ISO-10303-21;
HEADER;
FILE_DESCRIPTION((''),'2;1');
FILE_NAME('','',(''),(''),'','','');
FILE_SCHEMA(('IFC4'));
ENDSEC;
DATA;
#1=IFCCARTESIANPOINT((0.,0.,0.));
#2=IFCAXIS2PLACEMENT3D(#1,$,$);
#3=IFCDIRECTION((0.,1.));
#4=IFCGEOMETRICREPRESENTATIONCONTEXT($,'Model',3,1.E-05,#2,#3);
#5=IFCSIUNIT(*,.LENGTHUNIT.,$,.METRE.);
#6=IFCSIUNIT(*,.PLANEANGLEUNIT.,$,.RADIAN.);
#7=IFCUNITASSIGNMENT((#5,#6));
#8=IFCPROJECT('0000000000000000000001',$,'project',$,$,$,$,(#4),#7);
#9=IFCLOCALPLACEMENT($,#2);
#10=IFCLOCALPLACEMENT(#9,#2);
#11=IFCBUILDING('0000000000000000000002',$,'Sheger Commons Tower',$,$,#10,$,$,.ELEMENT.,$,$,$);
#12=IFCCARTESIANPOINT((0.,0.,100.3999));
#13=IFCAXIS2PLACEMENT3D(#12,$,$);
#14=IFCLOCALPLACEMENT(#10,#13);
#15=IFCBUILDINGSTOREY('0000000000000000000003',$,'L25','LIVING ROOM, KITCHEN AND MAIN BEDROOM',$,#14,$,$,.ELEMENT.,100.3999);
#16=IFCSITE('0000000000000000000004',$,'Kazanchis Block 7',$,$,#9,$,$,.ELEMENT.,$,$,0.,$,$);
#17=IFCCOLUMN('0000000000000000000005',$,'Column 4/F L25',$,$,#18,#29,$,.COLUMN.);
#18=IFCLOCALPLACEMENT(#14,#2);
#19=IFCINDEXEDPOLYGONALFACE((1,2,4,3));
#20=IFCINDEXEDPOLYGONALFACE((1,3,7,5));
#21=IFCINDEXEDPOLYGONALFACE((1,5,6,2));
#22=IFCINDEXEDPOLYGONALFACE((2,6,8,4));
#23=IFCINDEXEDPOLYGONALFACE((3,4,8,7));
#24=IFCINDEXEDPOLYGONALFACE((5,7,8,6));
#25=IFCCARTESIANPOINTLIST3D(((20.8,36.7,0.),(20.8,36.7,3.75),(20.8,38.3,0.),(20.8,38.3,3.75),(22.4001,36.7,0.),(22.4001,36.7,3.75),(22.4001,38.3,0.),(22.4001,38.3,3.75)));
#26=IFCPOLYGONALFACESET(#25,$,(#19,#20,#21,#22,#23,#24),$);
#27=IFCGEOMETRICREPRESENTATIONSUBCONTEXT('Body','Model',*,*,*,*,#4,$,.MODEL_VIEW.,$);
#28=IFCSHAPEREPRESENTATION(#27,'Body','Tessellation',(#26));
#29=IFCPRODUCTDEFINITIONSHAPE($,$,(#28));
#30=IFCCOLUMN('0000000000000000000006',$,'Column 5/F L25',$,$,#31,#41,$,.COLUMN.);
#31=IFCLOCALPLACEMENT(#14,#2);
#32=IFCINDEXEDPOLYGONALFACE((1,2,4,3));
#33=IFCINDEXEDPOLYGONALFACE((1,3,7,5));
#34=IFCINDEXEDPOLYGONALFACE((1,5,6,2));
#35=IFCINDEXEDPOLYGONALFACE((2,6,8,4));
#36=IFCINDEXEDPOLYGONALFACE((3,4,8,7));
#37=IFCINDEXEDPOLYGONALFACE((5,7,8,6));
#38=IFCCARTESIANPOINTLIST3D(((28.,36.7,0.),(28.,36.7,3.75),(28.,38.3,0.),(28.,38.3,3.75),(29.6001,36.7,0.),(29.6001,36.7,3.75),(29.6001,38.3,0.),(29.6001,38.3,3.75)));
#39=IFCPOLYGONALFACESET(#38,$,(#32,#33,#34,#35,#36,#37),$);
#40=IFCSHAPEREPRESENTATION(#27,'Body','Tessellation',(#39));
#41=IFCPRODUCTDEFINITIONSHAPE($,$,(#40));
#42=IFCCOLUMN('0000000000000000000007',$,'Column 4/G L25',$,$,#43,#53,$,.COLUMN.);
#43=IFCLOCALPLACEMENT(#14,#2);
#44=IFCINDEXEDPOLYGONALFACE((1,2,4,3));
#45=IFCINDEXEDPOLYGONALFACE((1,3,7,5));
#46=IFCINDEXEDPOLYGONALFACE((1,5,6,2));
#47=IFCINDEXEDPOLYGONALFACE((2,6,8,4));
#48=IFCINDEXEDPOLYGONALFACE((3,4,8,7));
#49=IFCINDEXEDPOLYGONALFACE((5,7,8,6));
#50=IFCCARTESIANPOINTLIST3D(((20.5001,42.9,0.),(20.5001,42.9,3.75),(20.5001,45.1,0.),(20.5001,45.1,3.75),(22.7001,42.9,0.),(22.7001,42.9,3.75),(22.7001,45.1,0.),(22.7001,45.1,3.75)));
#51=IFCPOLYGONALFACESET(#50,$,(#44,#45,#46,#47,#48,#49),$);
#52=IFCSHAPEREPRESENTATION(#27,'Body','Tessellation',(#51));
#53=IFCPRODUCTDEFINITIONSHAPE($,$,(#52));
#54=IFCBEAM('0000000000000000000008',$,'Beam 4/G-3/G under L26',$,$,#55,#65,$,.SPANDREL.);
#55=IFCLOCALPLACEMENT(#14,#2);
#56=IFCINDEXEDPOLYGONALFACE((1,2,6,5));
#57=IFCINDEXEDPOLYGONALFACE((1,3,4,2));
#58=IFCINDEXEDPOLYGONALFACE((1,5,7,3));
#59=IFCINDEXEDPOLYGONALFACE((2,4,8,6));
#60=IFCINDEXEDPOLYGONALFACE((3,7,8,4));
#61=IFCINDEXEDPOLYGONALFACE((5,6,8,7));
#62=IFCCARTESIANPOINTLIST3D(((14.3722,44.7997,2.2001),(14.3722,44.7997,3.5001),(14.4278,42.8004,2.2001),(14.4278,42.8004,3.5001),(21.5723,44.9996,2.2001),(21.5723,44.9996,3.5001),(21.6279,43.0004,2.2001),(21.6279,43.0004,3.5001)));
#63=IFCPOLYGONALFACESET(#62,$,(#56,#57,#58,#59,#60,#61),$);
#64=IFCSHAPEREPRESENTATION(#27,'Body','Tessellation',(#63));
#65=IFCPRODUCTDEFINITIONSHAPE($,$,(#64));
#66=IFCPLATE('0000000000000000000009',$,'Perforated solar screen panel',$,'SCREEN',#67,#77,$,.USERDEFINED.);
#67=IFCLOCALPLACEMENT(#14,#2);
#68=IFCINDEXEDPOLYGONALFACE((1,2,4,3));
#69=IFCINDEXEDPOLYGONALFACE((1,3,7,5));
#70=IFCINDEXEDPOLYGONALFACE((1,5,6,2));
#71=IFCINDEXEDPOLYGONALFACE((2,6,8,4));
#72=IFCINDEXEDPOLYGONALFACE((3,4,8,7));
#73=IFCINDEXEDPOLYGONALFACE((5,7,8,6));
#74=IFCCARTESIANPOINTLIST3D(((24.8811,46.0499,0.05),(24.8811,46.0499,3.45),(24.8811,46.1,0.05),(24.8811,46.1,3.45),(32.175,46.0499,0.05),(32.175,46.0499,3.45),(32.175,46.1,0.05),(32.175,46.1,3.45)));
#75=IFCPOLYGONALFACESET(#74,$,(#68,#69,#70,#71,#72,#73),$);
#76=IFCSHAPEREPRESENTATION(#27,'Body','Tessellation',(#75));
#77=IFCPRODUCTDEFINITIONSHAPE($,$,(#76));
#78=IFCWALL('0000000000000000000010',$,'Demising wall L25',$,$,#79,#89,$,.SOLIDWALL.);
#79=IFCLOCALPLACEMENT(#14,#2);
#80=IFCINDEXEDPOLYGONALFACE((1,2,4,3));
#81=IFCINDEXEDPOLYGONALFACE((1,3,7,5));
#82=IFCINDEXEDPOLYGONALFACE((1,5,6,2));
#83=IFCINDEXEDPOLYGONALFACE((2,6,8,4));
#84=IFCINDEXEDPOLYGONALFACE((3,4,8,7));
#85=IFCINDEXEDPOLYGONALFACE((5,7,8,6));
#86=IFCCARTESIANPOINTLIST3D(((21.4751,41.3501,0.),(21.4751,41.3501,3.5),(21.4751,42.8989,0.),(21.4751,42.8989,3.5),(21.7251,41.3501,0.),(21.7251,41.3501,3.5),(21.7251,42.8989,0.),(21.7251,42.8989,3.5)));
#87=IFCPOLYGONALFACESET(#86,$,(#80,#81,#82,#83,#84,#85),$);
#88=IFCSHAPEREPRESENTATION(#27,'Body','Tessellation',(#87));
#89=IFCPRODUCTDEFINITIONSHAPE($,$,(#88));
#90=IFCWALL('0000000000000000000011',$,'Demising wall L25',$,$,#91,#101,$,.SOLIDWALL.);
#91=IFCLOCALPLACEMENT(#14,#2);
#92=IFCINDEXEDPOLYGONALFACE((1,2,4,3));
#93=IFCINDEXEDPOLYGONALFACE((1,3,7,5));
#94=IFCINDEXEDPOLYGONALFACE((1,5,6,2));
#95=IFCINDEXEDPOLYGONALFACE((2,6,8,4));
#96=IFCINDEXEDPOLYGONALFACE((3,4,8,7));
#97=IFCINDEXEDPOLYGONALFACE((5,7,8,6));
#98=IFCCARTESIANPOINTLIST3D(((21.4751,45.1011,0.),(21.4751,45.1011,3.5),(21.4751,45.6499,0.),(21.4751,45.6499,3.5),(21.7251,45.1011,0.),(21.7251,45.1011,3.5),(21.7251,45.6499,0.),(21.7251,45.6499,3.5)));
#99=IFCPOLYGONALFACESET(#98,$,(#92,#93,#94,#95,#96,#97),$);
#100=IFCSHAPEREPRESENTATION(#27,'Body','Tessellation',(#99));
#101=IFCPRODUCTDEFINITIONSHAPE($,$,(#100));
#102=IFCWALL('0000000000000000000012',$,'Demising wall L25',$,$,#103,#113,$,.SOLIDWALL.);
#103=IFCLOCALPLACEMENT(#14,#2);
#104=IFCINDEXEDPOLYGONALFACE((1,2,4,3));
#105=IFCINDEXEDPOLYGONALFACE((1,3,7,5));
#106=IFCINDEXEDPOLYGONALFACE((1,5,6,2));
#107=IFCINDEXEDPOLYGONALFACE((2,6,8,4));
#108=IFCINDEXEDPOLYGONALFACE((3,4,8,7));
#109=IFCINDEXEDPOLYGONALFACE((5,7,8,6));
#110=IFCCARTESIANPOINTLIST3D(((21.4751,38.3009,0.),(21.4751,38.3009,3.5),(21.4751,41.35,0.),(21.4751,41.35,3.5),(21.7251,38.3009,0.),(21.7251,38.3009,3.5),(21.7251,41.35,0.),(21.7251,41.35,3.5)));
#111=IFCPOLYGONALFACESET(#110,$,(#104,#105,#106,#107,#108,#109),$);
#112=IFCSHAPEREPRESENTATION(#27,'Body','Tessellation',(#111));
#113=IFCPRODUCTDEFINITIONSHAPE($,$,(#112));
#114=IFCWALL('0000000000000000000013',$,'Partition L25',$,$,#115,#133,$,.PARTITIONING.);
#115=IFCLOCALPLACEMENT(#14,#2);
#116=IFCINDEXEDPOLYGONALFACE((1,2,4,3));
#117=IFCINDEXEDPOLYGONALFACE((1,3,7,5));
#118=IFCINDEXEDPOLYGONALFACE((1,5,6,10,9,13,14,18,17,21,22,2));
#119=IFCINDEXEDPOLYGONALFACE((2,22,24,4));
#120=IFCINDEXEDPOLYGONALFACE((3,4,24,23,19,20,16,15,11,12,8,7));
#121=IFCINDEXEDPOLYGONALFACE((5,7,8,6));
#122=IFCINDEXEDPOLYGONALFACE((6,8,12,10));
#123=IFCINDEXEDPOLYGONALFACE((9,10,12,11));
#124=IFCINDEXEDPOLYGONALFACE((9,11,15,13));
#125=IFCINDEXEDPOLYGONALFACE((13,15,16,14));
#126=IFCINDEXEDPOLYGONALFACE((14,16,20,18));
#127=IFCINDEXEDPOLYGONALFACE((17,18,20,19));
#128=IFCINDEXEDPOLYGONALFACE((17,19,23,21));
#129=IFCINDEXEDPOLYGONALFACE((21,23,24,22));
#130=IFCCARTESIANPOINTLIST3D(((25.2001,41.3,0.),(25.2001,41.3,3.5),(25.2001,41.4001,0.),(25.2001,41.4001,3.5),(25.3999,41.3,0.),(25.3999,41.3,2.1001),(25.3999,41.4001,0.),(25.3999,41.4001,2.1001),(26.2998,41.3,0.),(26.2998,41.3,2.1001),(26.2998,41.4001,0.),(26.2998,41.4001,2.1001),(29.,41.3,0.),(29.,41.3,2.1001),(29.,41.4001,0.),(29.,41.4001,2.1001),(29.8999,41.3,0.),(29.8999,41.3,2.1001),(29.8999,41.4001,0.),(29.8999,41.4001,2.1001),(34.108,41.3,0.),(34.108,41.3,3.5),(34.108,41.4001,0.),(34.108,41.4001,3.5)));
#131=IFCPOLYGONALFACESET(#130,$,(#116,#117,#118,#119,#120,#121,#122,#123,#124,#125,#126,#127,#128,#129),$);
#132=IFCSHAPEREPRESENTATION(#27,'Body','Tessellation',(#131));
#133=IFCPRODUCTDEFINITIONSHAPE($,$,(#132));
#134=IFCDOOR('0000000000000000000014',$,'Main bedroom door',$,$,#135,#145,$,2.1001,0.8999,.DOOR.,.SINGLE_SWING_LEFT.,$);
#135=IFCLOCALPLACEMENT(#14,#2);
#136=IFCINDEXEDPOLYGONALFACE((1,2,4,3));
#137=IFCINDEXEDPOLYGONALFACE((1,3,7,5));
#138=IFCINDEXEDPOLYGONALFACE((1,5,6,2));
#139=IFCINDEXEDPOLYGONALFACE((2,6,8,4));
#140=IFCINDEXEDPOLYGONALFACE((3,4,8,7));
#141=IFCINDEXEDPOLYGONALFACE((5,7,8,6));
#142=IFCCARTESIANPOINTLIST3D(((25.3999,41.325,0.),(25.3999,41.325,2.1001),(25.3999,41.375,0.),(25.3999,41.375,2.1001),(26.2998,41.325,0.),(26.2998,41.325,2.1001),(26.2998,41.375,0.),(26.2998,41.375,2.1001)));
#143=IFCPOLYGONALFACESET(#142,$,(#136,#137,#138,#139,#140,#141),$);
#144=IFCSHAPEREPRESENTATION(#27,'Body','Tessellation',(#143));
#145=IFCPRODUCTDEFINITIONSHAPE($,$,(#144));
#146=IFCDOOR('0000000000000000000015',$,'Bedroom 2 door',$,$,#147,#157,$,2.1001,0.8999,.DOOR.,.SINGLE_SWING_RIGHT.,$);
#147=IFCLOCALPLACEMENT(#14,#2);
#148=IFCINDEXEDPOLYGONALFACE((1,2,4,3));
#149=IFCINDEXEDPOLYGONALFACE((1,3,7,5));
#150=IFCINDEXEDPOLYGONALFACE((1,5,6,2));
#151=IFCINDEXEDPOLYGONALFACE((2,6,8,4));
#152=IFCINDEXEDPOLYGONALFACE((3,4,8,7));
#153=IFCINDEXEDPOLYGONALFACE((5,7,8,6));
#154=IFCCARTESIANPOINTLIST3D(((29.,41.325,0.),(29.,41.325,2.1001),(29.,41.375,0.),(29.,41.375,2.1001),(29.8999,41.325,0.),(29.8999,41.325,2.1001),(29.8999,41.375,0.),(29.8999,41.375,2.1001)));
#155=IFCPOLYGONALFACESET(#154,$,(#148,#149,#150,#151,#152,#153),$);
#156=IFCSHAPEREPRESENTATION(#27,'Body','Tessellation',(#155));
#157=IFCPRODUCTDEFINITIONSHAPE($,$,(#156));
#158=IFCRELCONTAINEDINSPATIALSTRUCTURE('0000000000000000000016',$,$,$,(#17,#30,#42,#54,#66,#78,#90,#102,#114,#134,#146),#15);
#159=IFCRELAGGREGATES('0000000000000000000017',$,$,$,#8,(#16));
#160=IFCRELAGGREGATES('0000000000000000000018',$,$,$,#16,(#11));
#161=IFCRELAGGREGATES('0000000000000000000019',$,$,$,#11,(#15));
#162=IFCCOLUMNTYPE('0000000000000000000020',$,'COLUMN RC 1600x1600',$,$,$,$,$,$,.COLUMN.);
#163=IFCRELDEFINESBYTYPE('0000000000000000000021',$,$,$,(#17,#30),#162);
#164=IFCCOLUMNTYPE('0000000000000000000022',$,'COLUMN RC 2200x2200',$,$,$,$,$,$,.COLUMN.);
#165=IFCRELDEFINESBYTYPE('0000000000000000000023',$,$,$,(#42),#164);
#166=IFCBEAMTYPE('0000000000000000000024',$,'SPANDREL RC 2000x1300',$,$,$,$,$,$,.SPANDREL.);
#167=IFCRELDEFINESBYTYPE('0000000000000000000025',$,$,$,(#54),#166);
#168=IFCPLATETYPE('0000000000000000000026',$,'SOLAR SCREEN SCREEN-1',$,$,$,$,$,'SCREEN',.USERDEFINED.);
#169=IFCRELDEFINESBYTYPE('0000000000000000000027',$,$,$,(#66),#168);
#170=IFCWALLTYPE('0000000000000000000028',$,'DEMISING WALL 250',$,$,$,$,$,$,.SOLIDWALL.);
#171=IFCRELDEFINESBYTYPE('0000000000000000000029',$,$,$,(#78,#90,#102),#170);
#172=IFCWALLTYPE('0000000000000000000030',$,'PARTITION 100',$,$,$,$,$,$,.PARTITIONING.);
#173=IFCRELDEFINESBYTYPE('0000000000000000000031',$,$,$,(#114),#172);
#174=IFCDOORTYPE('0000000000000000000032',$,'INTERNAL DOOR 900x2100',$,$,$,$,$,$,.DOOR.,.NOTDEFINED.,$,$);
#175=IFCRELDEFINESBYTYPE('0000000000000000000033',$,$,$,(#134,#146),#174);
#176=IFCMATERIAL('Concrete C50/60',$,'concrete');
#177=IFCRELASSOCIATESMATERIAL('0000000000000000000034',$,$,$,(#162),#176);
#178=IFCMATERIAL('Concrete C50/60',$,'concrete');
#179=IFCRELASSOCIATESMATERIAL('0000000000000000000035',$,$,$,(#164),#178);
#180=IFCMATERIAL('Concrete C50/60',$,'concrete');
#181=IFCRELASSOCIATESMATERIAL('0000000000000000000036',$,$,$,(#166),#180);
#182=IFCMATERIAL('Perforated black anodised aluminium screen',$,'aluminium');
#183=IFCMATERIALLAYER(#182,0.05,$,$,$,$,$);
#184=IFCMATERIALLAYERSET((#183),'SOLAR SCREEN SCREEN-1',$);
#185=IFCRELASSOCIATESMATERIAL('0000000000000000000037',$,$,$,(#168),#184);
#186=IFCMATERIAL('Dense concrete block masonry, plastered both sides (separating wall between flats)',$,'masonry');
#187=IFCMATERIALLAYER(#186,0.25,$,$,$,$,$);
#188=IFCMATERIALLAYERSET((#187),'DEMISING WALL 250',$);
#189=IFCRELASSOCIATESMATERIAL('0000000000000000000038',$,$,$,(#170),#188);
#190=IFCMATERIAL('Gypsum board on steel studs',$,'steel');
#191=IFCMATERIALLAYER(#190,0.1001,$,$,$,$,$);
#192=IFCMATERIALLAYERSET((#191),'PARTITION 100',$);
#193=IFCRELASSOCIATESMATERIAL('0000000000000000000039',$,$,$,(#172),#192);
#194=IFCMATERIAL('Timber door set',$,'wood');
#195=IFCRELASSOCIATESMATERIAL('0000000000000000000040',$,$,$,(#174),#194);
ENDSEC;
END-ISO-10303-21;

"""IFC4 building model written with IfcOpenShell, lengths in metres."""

from ifc_helpers import new_model, si_unit, direction, frame, frame_2d, origin, origin_2d, place, context, subcontext, project, spatial, rectangle, extrude, material, layer, layer_set, material_profile, profile_set, type_object, element, fill, save


model = new_model("IFC4")

# Units and contexts
model_context = context("Model", 3, precision=1e-05, world=origin(), true_north=direction((0.0, 1.0)))
body_context = subcontext(model_context, "Body", "Model", "MODEL_VIEW")
ifc_project = project(units=[si_unit("LENGTHUNIT", "METRE"), si_unit("PLANEANGLEUNIT", "RADIAN")], contexts=[model_context])

# Site, building, storey
site_placement = place(None, origin())
site = spatial("IfcSite", under=ifc_project, at=site_placement, Name="Kazanchis Block 7", CompositionType="ELEMENT", RefElevation=0.0)
building_placement = place(site_placement, origin())
building = spatial("IfcBuilding", under=site, at=building_placement, Name="Sheger Commons Tower", CompositionType="ELEMENT")
storey_placement = place(building_placement, frame((0.0, 0.0, 100.3999)))
storey = spatial("IfcBuildingStorey", under=building, at=storey_placement, Name="L25", Description="LIVING ROOM, KITCHEN AND MAIN BEDROOM", CompositionType="ELEMENT", Elevation=100.3999)

# Columns
ifc_material_1 = material(Name="Concrete C50/60", Category="concrete")
ifc_material_profile_1 = material_profile(ifc_material_1, rectangle(XDim=1.6001, YDim=1.6001, at=origin_2d()), Name="RC 1600x1600")
ifc_profile_set_1 = profile_set([ifc_material_profile_1], Name="Concrete C50/60")
column_type_1 = type_object("IfcColumnType", Name="COLUMN RC 1600x1600", PredefinedType="COLUMN", material=ifc_profile_set_1)
for number, where, z_axis, x_axis, name in (
    (1, (21.6001, 37.5, 0.0), (0.0, 0.0, 1.0), (1.0, 0.0, 0.0), "Column 4/F L25"),
    (2, (28.8, 37.5, 0.0), (0.0, 0.0, 1.0), (1.0, 0.0, 0.0), "Column 5/F L25"),
):
    element("IfcColumn", number, at=place(storey_placement, frame(where, z_axis=z_axis, x_axis=x_axis)), inside=storey, type_object=column_type_1, Name=name, PredefinedType="COLUMN", context=body_context, shape_type="SweptSolid", body=[
        extrude(rectangle(XDim=1.6001, YDim=1.6001, at=origin_2d()), origin(), (0.0, 0.0, 1.0), 3.75),
    ])
ifc_material_2 = material(Name="Concrete C50/60", Category="concrete")
ifc_material_profile_2 = material_profile(ifc_material_2, rectangle(XDim=2.2, YDim=2.2, at=origin_2d()), Name="RC 2200x2200")
ifc_profile_set_2 = profile_set([ifc_material_profile_2], Name="Concrete C50/60")
column_type_2 = type_object("IfcColumnType", Name="COLUMN RC 2200x2200", PredefinedType="COLUMN", material=ifc_profile_set_2)
column_placement = place(storey_placement, frame((21.6001, 44.0, 0.0), z_axis=(0.0, 0.0, 1.0), x_axis=(1.0, 0.0, 0.0)))
element("IfcColumn", 3, at=column_placement, inside=storey, type_object=column_type_2, Name="Column 4/G L25", PredefinedType="COLUMN", context=body_context, shape_type="SweptSolid", body=[
    extrude(rectangle(XDim=2.2, YDim=2.2, at=origin_2d()), origin(), (0.0, 0.0, 1.0), 3.75),
])

# Beam
ifc_material_3 = material(Name="Concrete C50/60", Category="concrete")
ifc_material_profile_3 = material_profile(ifc_material_3, rectangle(XDim=2.0, YDim=1.3, at=origin_2d()), Name="RC 2000x1300")
ifc_profile_set_3 = profile_set([ifc_material_profile_3], Name="Concrete C50/60")
beam_type = type_object("IfcBeamType", Name="SPANDREL RC 2000x1300", PredefinedType="SPANDREL", material=ifc_profile_set_3)
beam_placement = place(storey_placement, frame((21.6001, 44.0, 2.8501), z_axis=(-0.999615, -0.02776, 0.0), x_axis=(0.02776, -0.999615, 0.0)))
element("IfcBeam", 4, at=beam_placement, inside=storey, type_object=beam_type, Name="Beam 4/G-3/G under L26", PredefinedType="SPANDREL", context=body_context, shape_type="SweptSolid", body=[
    extrude(rectangle(XDim=2.0, YDim=1.3, at=origin_2d()), origin(), (0.0, 0.0, 1.0), 7.2029),
])

# Plate
ifc_material_4 = material(Name="Perforated black anodised aluminium screen", Category="aluminium")
ifc_layer_1 = layer(ifc_material_4, 0.05)
ifc_layer_set_1 = layer_set([ifc_layer_1], Name="SOLAR SCREEN SCREEN-1")
plate_type = type_object("IfcPlateType", Name="SOLAR SCREEN SCREEN-1", ElementType="SCREEN", PredefinedType="USERDEFINED", material=ifc_layer_set_1)
plate_placement = place(storey_placement, frame((28.5281, 46.075, 0.05), z_axis=(0.0, 0.0, 1.0), x_axis=(-1.0, 0.0, 0.0)))
element("IfcPlate", 5, at=plate_placement, inside=storey, type_object=plate_type, Name="Perforated solar screen panel", ObjectType="SCREEN", PredefinedType="USERDEFINED", context=body_context, shape_type="SweptSolid", body=[
    extrude(rectangle(XDim=7.2939, YDim=0.05, at=origin_2d()), origin(), (0.0, 0.0, 1.0), 3.3999),
])

# Walls
ifc_material_5 = material(Name="Dense concrete block masonry, plastered both sides (separating wall between flats)", Category="masonry")
ifc_layer_2 = layer(ifc_material_5, 0.25)
ifc_layer_set_2 = layer_set([ifc_layer_2], Name="DEMISING WALL 250")
wall_type_1 = type_object("IfcWallType", Name="DEMISING WALL 250", PredefinedType="SOLIDWALL", material=ifc_layer_set_2)
wall_1_placement = place(storey_placement, frame((21.6001, 41.3501, 0.0), z_axis=(0.0, 0.0, 1.0), x_axis=(0.0, 1.0, 0.0)))
element("IfcWall", 6, at=wall_1_placement, inside=storey, type_object=wall_type_1, Name="Demising wall L25", PredefinedType="SOLIDWALL", context=body_context, shape_type="SweptSolid", body=[
    extrude(rectangle(XDim=1.5488, YDim=0.25, at=frame_2d((0.7744, 0.0))), origin(), (0.0, 0.0, 1.0), 3.5),
])
wall_2_placement = place(storey_placement, frame((21.6001, 45.1011, 0.0), z_axis=(0.0, 0.0, 1.0), x_axis=(0.0, 1.0, 0.0)))
element("IfcWall", 7, at=wall_2_placement, inside=storey, type_object=wall_type_1, Name="Demising wall L25", PredefinedType="SOLIDWALL", context=body_context, shape_type="SweptSolid", body=[
    extrude(rectangle(XDim=0.5488, YDim=0.25, at=frame_2d((0.2744, 0.0))), origin(), (0.0, 0.0, 1.0), 3.5),
])
wall_3_placement = place(storey_placement, frame((21.6001, 38.301, 0.0), z_axis=(0.0, 0.0, 1.0), x_axis=(0.0, 1.0, 0.0)))
element("IfcWall", 8, at=wall_3_placement, inside=storey, type_object=wall_type_1, Name="Demising wall L25", PredefinedType="SOLIDWALL", context=body_context, shape_type="SweptSolid", body=[
    extrude(rectangle(XDim=3.0491, YDim=0.25, at=frame_2d((1.5244, 0.0))), origin(), (0.0, 0.0, 1.0), 3.5),
])

# Wall, openings, doors
ifc_material_6 = material(Name="Gypsum board on steel studs", Category="steel")
ifc_layer_3 = layer(ifc_material_6, 0.1001)
ifc_layer_set_3 = layer_set([ifc_layer_3], Name="PARTITION 100")
wall_type_2 = type_object("IfcWallType", Name="PARTITION 100", PredefinedType="PARTITIONING", material=ifc_layer_set_3)
wall_4_placement = place(storey_placement, frame((25.2, 41.3501, 0.0), z_axis=(0.0, 0.0, 1.0), x_axis=(1.0, 0.0, 0.0)))
wall_4 = element("IfcWall", 9, at=wall_4_placement, inside=storey, type_object=wall_type_2, Name="Partition L25", PredefinedType="PARTITIONING", context=body_context, shape_type="SweptSolid", body=[
    extrude(rectangle(XDim=8.908, YDim=0.1001, at=frame_2d((4.4541, 0.0))), origin(), (0.0, 0.0, 1.0), 3.5),
])
opening_1_placement = place(wall_4_placement, frame((0.2, 0.0, 0.0)))
opening_1 = element("IfcOpeningElement", 10, at=opening_1_placement, cuts=wall_4, PredefinedType="OPENING", context=body_context, shape_type="SweptSolid", body=[
    extrude(rectangle(XDim=0.8999, YDim=2.1001, at=frame_2d((0.45, 1.05))), frame((0.0, 0.0601, 0.0), z_axis=(0.0, -1.0, 0.0), x_axis=(1.0, 0.0, 0.0)), (0.0, 0.0, 1.0), 0.1201),
])
opening_2_placement = place(wall_4_placement, frame((3.8, 0.0, 0.0)))
opening_2 = element("IfcOpeningElement", 11, at=opening_2_placement, cuts=wall_4, PredefinedType="OPENING", context=body_context, shape_type="SweptSolid", body=[
    extrude(rectangle(XDim=0.8999, YDim=2.1001, at=frame_2d((0.45, 1.05))), frame((0.0, 0.0601, 0.0), z_axis=(0.0, -1.0, 0.0), x_axis=(1.0, 0.0, 0.0)), (0.0, 0.0, 1.0), 0.1201),
])
ifc_material_7 = material(Name="Timber door set", Category="wood")
door_type = type_object("IfcDoorType", Name="INTERNAL DOOR 900x2100", OperationType="NOTDEFINED", PredefinedType="DOOR", material=ifc_material_7)
door_1_placement = place(opening_1_placement, origin())
door_1 = element("IfcDoor", 12, at=door_1_placement, inside=storey, type_object=door_type, Name="Main bedroom door", OperationType="SINGLE_SWING_LEFT", OverallHeight=2.1001, OverallWidth=0.8999, PredefinedType="DOOR", context=body_context, shape_type="SweptSolid", body=[
    extrude(rectangle(XDim=0.8999, YDim=2.1001, at=frame_2d((0.45, 1.05))), frame((0.0, 0.0249, 0.0), z_axis=(0.0, -1.0, 0.0), x_axis=(1.0, 0.0, 0.0)), (0.0, 0.0, 1.0), 0.05),
])
fill(opening_1, door_1)
door_2_placement = place(opening_2_placement, origin())
door_2 = element("IfcDoor", 13, at=door_2_placement, inside=storey, type_object=door_type, Name="Bedroom 2 door", OperationType="SINGLE_SWING_RIGHT", OverallHeight=2.1001, OverallWidth=0.8999, PredefinedType="DOOR", context=body_context, shape_type="SweptSolid", body=[
    extrude(rectangle(XDim=0.8999, YDim=2.1001, at=frame_2d((0.45, 1.05))), frame((0.0, 0.0249, 0.0), z_axis=(0.0, -1.0, 0.0), x_axis=(1.0, 0.0, 0.0)), (0.0, 0.0, 1.0), 0.05),
])
fill(opening_2, door_2)

save(model, "model.ifc")
